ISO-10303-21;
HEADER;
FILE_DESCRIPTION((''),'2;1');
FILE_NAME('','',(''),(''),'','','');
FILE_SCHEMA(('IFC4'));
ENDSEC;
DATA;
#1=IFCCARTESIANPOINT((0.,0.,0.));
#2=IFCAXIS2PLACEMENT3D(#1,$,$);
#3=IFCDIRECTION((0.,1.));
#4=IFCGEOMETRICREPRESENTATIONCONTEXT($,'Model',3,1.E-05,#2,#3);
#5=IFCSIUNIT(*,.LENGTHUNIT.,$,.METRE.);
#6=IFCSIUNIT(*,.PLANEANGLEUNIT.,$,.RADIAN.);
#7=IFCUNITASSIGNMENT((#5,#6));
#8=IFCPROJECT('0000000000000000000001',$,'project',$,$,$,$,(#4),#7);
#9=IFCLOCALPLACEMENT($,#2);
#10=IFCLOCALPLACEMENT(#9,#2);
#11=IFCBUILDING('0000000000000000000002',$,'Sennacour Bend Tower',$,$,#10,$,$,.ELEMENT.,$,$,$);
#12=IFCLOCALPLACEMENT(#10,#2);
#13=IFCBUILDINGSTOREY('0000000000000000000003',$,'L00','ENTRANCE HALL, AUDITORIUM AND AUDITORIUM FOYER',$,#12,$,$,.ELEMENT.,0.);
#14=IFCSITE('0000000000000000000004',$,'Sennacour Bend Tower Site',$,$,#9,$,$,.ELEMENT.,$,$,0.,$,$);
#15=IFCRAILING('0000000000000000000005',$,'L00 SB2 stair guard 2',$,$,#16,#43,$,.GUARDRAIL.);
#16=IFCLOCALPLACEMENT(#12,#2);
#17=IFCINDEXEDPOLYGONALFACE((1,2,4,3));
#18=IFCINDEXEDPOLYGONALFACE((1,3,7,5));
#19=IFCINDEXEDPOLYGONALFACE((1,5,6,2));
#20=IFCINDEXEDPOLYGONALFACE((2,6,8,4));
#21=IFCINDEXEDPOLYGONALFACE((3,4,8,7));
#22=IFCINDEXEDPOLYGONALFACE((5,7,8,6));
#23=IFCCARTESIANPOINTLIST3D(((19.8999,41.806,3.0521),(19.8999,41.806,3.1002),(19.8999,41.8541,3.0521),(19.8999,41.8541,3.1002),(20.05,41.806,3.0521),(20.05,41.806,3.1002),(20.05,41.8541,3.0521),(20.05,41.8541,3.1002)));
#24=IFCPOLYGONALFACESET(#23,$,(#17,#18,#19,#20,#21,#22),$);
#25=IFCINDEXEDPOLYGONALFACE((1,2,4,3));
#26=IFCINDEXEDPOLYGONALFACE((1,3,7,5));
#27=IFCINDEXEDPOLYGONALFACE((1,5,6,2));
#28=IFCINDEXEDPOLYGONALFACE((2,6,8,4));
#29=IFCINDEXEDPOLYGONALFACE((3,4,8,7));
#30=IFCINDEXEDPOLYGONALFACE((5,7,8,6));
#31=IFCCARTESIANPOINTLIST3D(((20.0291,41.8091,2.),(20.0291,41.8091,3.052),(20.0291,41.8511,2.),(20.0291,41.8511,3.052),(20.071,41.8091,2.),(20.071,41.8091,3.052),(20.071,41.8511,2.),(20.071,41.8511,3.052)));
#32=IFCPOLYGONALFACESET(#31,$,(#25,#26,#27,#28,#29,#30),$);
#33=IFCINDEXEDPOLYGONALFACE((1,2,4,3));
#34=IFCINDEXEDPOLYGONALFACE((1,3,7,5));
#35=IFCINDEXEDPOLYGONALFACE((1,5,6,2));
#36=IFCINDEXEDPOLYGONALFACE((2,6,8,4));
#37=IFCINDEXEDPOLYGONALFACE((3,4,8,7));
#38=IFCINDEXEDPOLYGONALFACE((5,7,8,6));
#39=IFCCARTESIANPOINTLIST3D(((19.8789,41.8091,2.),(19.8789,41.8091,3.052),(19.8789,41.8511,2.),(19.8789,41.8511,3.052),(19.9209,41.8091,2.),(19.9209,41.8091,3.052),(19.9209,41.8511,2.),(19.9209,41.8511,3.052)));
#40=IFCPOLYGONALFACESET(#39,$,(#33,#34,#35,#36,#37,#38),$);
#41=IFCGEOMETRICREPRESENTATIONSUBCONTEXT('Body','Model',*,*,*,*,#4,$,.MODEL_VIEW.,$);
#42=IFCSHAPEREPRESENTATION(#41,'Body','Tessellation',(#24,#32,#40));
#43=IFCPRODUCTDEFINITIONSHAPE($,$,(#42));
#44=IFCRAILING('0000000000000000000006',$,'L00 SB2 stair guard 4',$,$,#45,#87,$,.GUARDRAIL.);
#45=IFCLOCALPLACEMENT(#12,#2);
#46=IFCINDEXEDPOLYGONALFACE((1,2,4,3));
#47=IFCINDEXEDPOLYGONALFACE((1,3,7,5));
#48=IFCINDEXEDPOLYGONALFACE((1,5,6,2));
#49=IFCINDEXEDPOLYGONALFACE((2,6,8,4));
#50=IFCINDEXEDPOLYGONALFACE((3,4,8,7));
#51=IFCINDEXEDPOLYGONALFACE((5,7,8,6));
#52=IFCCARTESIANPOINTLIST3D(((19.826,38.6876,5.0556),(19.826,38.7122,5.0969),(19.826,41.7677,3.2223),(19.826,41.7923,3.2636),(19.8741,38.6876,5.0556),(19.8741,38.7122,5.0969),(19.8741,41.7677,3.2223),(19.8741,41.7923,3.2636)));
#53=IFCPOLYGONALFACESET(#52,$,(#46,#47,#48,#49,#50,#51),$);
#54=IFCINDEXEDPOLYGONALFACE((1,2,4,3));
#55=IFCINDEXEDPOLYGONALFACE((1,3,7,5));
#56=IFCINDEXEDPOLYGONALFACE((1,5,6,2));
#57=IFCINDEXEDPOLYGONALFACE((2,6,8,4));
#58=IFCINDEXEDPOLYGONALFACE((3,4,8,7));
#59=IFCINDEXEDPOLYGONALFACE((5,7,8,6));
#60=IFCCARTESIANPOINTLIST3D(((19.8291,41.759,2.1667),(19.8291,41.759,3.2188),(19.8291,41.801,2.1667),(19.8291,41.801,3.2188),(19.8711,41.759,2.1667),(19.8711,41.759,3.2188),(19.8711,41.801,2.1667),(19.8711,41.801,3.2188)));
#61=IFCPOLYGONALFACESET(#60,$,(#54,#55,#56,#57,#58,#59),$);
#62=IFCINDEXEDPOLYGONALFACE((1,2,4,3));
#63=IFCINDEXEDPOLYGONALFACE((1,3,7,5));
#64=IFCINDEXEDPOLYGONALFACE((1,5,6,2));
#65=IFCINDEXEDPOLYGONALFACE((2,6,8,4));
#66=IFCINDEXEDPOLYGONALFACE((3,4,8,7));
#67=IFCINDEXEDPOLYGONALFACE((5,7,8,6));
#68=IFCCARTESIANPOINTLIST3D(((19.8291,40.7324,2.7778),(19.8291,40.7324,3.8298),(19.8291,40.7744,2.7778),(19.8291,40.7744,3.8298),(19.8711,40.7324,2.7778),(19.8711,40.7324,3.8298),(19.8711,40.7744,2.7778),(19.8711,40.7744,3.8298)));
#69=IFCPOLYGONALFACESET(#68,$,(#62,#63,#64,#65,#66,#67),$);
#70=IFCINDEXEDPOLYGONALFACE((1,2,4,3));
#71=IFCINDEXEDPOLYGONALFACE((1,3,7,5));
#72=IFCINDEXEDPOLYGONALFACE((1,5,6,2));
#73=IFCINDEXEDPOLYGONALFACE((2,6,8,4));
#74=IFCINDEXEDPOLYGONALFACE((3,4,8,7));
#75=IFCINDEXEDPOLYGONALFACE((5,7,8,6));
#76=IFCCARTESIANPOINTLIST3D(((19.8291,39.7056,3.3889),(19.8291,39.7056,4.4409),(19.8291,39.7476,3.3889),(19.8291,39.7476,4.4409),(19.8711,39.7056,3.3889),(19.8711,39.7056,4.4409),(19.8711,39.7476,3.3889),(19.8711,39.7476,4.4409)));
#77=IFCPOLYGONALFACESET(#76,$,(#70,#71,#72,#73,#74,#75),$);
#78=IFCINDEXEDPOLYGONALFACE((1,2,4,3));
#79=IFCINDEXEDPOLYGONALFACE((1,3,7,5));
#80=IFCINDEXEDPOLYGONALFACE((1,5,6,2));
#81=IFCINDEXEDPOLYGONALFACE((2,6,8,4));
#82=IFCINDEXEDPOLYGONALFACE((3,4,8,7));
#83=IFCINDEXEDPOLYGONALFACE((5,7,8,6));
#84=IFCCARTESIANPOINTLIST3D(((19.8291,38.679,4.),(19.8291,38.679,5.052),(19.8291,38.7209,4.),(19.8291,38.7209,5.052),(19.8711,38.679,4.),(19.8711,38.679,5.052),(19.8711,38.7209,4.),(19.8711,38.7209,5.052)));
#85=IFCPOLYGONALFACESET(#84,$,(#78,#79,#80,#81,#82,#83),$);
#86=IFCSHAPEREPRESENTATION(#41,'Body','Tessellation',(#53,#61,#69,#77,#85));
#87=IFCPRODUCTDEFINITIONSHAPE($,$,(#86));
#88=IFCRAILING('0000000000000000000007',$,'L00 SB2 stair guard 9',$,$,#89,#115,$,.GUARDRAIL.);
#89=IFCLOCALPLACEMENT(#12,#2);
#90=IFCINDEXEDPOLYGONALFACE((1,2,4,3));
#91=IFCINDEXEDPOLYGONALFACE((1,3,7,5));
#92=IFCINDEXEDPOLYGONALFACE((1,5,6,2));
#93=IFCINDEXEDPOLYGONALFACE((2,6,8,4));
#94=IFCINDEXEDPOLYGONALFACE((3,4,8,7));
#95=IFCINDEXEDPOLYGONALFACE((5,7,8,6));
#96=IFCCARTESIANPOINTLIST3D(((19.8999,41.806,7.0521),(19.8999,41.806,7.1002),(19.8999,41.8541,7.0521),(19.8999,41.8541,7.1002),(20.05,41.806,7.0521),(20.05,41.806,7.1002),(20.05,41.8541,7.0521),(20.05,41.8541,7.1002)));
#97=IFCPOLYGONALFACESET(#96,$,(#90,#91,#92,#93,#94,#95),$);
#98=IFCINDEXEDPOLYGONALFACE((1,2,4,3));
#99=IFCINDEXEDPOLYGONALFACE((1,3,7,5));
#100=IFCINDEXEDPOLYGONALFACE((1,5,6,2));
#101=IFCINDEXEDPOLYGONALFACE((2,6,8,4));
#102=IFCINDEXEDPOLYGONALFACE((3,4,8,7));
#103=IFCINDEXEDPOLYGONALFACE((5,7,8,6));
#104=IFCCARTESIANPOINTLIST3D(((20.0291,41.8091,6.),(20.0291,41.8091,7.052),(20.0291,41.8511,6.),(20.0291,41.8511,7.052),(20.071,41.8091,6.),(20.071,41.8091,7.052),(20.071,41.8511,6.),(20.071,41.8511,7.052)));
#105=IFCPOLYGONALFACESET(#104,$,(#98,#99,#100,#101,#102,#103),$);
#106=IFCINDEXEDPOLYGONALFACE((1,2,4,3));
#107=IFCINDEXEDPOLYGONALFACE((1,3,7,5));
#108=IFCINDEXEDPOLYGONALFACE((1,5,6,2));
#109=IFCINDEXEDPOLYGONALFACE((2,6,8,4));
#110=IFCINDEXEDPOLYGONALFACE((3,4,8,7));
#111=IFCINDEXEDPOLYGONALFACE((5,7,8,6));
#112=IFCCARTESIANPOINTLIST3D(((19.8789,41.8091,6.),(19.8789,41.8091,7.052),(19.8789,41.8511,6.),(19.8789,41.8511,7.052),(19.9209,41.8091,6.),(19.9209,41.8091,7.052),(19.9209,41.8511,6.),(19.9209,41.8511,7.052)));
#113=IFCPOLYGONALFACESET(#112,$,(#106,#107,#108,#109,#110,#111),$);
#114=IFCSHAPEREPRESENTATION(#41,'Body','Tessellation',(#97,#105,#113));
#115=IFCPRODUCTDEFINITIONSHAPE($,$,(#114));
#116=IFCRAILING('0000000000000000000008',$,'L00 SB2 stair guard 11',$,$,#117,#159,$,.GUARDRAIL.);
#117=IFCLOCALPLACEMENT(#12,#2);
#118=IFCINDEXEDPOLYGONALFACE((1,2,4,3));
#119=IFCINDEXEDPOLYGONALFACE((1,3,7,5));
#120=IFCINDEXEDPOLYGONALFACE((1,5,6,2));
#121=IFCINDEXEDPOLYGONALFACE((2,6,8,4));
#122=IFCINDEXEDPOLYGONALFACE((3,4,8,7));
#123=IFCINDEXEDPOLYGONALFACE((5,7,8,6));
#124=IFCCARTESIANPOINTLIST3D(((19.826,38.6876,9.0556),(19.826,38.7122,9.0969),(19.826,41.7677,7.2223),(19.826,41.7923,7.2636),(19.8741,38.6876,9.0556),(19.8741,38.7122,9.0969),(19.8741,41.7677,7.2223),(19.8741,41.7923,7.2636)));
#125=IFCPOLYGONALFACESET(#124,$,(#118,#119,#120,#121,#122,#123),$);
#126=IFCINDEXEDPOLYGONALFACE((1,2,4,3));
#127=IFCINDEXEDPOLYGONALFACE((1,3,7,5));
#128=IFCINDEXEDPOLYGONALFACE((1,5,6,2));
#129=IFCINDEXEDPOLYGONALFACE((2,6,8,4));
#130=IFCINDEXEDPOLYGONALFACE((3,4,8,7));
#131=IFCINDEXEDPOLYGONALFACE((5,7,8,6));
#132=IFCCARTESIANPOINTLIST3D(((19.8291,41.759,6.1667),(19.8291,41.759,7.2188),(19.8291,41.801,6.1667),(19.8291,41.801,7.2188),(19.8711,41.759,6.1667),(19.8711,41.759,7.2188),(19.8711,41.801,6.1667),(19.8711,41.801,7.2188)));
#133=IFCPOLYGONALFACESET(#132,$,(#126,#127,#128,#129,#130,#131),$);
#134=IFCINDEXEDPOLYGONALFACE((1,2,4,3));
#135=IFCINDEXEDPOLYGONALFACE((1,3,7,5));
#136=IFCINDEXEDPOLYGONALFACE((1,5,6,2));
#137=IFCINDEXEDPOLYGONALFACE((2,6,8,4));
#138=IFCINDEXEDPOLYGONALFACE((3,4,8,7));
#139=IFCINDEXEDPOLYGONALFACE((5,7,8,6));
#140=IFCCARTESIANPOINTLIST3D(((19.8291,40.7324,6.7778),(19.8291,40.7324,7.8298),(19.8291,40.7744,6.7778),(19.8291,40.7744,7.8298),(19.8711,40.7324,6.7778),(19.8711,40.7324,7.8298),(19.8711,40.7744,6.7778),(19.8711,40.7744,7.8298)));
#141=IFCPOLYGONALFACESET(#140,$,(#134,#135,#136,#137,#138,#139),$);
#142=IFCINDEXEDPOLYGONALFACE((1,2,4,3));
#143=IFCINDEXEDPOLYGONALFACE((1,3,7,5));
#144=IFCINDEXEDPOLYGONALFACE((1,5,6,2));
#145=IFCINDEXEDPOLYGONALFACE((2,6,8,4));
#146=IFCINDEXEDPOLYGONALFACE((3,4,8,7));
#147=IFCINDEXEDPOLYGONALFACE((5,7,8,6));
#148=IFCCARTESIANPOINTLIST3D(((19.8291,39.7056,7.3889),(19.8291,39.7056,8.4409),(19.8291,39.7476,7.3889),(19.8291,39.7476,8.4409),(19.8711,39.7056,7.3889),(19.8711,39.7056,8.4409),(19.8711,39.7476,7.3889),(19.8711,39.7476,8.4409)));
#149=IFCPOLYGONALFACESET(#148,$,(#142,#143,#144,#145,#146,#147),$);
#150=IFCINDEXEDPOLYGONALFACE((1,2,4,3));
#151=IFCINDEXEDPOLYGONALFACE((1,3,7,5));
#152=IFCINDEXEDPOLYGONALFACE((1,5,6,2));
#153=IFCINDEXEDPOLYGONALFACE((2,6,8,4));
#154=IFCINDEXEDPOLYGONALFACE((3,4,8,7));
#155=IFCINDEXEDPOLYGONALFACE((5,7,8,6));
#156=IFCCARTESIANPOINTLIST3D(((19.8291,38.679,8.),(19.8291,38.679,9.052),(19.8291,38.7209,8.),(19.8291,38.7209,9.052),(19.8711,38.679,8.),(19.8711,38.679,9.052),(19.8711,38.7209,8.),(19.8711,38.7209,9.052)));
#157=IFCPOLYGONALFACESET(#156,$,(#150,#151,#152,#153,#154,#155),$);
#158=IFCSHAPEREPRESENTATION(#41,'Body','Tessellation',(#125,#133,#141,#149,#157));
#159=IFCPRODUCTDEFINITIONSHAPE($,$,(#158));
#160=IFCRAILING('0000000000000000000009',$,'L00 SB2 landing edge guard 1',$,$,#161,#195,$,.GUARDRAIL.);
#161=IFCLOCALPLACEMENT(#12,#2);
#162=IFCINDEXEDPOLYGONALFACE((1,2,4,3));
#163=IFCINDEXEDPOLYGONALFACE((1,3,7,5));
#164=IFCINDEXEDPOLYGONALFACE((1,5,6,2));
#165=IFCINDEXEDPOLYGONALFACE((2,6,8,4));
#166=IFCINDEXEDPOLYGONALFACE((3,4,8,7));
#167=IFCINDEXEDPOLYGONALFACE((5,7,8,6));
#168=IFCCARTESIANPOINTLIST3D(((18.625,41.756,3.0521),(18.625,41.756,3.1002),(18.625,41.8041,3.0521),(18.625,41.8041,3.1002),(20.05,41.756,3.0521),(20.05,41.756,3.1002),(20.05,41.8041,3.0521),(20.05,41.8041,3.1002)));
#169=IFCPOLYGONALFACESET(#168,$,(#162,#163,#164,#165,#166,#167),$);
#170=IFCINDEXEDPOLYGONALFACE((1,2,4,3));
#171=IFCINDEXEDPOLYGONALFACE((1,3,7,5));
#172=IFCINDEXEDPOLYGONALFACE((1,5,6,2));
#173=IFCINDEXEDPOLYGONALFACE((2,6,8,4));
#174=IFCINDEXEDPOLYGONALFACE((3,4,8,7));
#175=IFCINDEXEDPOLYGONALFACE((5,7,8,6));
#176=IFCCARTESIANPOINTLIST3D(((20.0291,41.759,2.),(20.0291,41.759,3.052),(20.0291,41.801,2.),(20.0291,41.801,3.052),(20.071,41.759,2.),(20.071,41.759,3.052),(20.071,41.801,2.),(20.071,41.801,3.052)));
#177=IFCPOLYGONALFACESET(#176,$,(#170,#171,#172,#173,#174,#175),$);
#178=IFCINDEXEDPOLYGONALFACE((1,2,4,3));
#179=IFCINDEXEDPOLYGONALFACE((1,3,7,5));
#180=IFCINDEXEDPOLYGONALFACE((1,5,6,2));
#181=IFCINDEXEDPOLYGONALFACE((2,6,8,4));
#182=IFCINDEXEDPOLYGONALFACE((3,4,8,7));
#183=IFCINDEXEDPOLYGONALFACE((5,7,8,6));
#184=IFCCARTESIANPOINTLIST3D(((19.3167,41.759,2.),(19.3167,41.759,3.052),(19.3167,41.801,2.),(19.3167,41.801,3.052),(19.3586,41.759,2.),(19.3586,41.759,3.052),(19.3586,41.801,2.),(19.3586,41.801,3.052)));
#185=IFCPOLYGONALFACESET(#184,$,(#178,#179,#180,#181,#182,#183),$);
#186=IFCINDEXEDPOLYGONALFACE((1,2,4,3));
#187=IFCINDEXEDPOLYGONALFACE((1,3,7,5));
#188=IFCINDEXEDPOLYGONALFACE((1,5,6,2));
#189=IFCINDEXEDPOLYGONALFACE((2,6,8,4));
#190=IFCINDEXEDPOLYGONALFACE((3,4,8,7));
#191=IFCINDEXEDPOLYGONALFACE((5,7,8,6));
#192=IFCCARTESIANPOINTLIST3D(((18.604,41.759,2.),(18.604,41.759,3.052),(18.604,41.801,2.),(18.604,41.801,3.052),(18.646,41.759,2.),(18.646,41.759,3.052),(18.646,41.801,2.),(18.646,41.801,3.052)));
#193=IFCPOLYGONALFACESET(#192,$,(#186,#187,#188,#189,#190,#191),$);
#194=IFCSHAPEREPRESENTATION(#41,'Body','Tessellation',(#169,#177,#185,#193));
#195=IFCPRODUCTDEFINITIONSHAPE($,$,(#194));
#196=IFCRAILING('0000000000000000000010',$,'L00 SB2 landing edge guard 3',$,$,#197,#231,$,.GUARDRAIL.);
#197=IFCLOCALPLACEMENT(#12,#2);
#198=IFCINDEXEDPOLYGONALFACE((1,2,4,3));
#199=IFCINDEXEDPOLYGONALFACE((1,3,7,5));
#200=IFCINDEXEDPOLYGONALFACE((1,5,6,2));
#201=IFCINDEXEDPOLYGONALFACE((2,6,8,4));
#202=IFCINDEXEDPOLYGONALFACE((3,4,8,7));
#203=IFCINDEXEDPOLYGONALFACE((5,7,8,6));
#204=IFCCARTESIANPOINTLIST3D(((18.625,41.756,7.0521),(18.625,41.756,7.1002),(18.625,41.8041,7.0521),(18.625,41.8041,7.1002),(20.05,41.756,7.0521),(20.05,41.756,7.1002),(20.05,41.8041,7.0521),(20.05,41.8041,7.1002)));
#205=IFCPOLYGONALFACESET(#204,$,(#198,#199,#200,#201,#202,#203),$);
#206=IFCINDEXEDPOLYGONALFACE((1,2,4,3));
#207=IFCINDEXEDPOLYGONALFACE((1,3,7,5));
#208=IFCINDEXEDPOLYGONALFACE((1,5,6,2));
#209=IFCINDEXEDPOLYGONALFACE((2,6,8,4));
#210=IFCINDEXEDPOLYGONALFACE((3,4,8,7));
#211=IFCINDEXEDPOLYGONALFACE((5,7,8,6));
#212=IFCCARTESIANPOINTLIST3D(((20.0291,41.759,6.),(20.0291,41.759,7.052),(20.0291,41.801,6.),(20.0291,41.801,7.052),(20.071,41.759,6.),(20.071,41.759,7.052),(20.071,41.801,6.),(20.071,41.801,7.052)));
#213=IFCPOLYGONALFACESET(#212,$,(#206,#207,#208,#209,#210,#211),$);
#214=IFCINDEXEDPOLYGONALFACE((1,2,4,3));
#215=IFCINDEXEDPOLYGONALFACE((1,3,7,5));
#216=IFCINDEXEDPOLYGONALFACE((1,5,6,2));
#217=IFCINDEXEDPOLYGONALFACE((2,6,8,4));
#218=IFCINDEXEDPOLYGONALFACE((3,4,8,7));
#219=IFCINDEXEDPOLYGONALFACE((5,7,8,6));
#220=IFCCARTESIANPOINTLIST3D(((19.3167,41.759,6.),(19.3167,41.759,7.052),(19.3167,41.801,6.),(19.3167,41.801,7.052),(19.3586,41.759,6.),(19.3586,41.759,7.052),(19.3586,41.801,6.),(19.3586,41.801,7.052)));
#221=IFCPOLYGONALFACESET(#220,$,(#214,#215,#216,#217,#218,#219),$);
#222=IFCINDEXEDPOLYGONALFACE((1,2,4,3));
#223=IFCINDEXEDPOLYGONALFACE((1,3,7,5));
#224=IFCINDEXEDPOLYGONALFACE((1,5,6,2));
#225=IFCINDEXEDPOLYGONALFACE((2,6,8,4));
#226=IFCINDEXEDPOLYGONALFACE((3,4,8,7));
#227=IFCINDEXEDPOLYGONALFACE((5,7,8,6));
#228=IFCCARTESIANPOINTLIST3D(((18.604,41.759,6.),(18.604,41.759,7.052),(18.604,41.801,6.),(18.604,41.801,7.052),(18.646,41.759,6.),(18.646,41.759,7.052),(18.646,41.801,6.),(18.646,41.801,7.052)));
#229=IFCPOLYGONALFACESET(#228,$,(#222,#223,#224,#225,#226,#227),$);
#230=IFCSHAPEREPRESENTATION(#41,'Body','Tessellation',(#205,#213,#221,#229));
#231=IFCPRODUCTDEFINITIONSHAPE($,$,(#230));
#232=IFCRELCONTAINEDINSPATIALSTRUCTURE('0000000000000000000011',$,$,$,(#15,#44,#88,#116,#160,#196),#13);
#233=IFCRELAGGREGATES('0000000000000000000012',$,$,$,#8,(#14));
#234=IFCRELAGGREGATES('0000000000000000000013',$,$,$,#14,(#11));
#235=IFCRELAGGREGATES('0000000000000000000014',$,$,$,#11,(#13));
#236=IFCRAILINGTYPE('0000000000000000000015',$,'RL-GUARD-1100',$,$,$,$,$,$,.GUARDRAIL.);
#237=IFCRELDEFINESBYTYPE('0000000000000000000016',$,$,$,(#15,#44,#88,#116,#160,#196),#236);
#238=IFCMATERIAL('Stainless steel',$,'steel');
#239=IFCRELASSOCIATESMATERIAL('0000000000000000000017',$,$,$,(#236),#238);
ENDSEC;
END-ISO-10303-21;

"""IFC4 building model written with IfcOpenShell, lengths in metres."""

from ifc_helpers import new_model, si_unit, direction, frame, origin, origin_2d, place, context, subcontext, project, spatial, rectangle, extrude, material, type_object, element, save


model = new_model("IFC4")

# Units and contexts
model_context = context("Model", 3, precision=1e-05, world=origin(), true_north=direction((0.0, 1.0)))
body_context = subcontext(model_context, "Body", "Model", "MODEL_VIEW")
ifc_project = project(units=[si_unit("LENGTHUNIT", "METRE"), si_unit("PLANEANGLEUNIT", "RADIAN")], contexts=[model_context])

# Site, building, storey
site_placement = place(None, origin())
site = spatial("IfcSite", under=ifc_project, at=site_placement, Name="Sennacour Bend Tower Site", CompositionType="ELEMENT", RefElevation=0.0)
building_placement = place(site_placement, origin())
building = spatial("IfcBuilding", under=site, at=building_placement, Name="Sennacour Bend Tower", CompositionType="ELEMENT")
storey_placement = place(building_placement, origin())
storey = spatial("IfcBuildingStorey", under=building, at=storey_placement, Name="L00", Description="ENTRANCE HALL, AUDITORIUM AND AUDITORIUM FOYER", CompositionType="ELEMENT", Elevation=0.0)

# Railings
ifc_material_1 = material(Name="Stainless steel", Category="steel")
railing_type_1 = type_object("IfcRailingType", Name="RL-GUARD-1100", PredefinedType="GUARDRAIL", material=ifc_material_1)
railing_1_placement = place(storey_placement, frame((20.05, 41.8301, 2.0)))
element("IfcRailing", 1, at=railing_1_placement, inside=storey, type_object=railing_type_1, Name="L00 SB2 stair guard 2", PredefinedType="GUARDRAIL", context=body_context, shape_type="SweptSolid", body=[
    extrude(rectangle(XDim=0.0481, YDim=0.0481, at=origin_2d()), frame((0.0, 0.0, 1.0762), z_axis=(-1.0, 0.0, 0.0), x_axis=(0.0, -1.0, 0.0)), (0.0, 0.0, 1.0), 0.1501),
    extrude(rectangle(XDim=0.042, YDim=0.042, at=origin_2d()), origin(), (0.0, 0.0, 1.0), 1.052),
    extrude(rectangle(XDim=0.042, YDim=0.042, at=origin_2d()), frame((-0.1501, 0.0, 0.0)), (0.0, 0.0, 1.0), 1.052),
])
railing_2_placement = place(storey_placement, frame((19.8501, 41.78, 2.1667)))
element("IfcRailing", 2, at=railing_2_placement, inside=storey, type_object=railing_type_1, Name="L00 SB2 stair guard 4", PredefinedType="GUARDRAIL", context=body_context, shape_type="SweptSolid", body=[
    extrude(rectangle(XDim=0.0481, YDim=0.0481, at=origin_2d()), frame((0.0, 0.0, 1.0762), z_axis=(0.0, -0.859309, 0.511458), x_axis=(1.0, 0.0, 0.0)), (0.0, 0.0, 1.0), 3.5845),
    extrude(rectangle(XDim=0.042, YDim=0.042, at=origin_2d()), origin(), (0.0, 0.0, 1.0), 1.052),
    extrude(rectangle(XDim=0.042, YDim=0.042, at=origin_2d()), frame((0.0, -1.0266, 0.6111)), (0.0, 0.0, 1.0), 1.052),
    extrude(rectangle(XDim=0.042, YDim=0.042, at=origin_2d()), frame((0.0, -2.0535, 1.2222)), (0.0, 0.0, 1.0), 1.052),
    extrude(rectangle(XDim=0.042, YDim=0.042, at=origin_2d()), frame((0.0, -3.0801, 1.8333)), (0.0, 0.0, 1.0), 1.052),
])
railing_3_placement = place(storey_placement, frame((20.05, 41.8301, 6.0)))
element("IfcRailing", 3, at=railing_3_placement, inside=storey, type_object=railing_type_1, Name="L00 SB2 stair guard 9", PredefinedType="GUARDRAIL", context=body_context, shape_type="SweptSolid", body=[
    extrude(rectangle(XDim=0.0481, YDim=0.0481, at=origin_2d()), frame((0.0, 0.0, 1.0762), z_axis=(-1.0, 0.0, 0.0), x_axis=(0.0, -1.0, 0.0)), (0.0, 0.0, 1.0), 0.1501),
    extrude(rectangle(XDim=0.042, YDim=0.042, at=origin_2d()), origin(), (0.0, 0.0, 1.0), 1.052),
    extrude(rectangle(XDim=0.042, YDim=0.042, at=origin_2d()), frame((-0.1501, 0.0, 0.0)), (0.0, 0.0, 1.0), 1.052),
])
railing_4_placement = place(storey_placement, frame((19.8501, 41.78, 6.1667)))
element("IfcRailing", 4, at=railing_4_placement, inside=storey, type_object=railing_type_1, Name="L00 SB2 stair guard 11", PredefinedType="GUARDRAIL", context=body_context, shape_type="SweptSolid", body=[
    extrude(rectangle(XDim=0.0481, YDim=0.0481, at=origin_2d()), frame((0.0, 0.0, 1.0762), z_axis=(0.0, -0.859309, 0.511458), x_axis=(1.0, 0.0, 0.0)), (0.0, 0.0, 1.0), 3.5845),
    extrude(rectangle(XDim=0.042, YDim=0.042, at=origin_2d()), origin(), (0.0, 0.0, 1.0), 1.052),
    extrude(rectangle(XDim=0.042, YDim=0.042, at=origin_2d()), frame((0.0, -1.0266, 0.6111)), (0.0, 0.0, 1.0), 1.052),
    extrude(rectangle(XDim=0.042, YDim=0.042, at=origin_2d()), frame((0.0, -2.0535, 1.2222)), (0.0, 0.0, 1.0), 1.052),
    extrude(rectangle(XDim=0.042, YDim=0.042, at=origin_2d()), frame((0.0, -3.0801, 1.8333)), (0.0, 0.0, 1.0), 1.052),
])
for number, where, name in (
    (5, (20.05, 41.78, 2.0), "L00 SB2 landing edge guard 1"),
    (6, (20.05, 41.78, 6.0), "L00 SB2 landing edge guard 3"),
):
    element("IfcRailing", number, at=place(storey_placement, frame(where)), inside=storey, type_object=railing_type_1, Name=name, PredefinedType="GUARDRAIL", context=body_context, shape_type="SweptSolid", body=[
        extrude(rectangle(XDim=0.0481, YDim=0.0481, at=origin_2d()), frame((0.0, 0.0, 1.0762), z_axis=(-1.0, 0.0, 0.0), x_axis=(0.0, -1.0, 0.0)), (0.0, 0.0, 1.0), 1.425),
        extrude(rectangle(XDim=0.042, YDim=0.042, at=origin_2d()), origin(), (0.0, 0.0, 1.0), 1.052),
        extrude(rectangle(XDim=0.042, YDim=0.042, at=origin_2d()), frame((-0.7124, 0.0, 0.0)), (0.0, 0.0, 1.0), 1.052),
        extrude(rectangle(XDim=0.042, YDim=0.042, at=origin_2d()), frame((-1.425, 0.0, 0.0)), (0.0, 0.0, 1.0), 1.052),
    ])

save(model, "model.ifc")
